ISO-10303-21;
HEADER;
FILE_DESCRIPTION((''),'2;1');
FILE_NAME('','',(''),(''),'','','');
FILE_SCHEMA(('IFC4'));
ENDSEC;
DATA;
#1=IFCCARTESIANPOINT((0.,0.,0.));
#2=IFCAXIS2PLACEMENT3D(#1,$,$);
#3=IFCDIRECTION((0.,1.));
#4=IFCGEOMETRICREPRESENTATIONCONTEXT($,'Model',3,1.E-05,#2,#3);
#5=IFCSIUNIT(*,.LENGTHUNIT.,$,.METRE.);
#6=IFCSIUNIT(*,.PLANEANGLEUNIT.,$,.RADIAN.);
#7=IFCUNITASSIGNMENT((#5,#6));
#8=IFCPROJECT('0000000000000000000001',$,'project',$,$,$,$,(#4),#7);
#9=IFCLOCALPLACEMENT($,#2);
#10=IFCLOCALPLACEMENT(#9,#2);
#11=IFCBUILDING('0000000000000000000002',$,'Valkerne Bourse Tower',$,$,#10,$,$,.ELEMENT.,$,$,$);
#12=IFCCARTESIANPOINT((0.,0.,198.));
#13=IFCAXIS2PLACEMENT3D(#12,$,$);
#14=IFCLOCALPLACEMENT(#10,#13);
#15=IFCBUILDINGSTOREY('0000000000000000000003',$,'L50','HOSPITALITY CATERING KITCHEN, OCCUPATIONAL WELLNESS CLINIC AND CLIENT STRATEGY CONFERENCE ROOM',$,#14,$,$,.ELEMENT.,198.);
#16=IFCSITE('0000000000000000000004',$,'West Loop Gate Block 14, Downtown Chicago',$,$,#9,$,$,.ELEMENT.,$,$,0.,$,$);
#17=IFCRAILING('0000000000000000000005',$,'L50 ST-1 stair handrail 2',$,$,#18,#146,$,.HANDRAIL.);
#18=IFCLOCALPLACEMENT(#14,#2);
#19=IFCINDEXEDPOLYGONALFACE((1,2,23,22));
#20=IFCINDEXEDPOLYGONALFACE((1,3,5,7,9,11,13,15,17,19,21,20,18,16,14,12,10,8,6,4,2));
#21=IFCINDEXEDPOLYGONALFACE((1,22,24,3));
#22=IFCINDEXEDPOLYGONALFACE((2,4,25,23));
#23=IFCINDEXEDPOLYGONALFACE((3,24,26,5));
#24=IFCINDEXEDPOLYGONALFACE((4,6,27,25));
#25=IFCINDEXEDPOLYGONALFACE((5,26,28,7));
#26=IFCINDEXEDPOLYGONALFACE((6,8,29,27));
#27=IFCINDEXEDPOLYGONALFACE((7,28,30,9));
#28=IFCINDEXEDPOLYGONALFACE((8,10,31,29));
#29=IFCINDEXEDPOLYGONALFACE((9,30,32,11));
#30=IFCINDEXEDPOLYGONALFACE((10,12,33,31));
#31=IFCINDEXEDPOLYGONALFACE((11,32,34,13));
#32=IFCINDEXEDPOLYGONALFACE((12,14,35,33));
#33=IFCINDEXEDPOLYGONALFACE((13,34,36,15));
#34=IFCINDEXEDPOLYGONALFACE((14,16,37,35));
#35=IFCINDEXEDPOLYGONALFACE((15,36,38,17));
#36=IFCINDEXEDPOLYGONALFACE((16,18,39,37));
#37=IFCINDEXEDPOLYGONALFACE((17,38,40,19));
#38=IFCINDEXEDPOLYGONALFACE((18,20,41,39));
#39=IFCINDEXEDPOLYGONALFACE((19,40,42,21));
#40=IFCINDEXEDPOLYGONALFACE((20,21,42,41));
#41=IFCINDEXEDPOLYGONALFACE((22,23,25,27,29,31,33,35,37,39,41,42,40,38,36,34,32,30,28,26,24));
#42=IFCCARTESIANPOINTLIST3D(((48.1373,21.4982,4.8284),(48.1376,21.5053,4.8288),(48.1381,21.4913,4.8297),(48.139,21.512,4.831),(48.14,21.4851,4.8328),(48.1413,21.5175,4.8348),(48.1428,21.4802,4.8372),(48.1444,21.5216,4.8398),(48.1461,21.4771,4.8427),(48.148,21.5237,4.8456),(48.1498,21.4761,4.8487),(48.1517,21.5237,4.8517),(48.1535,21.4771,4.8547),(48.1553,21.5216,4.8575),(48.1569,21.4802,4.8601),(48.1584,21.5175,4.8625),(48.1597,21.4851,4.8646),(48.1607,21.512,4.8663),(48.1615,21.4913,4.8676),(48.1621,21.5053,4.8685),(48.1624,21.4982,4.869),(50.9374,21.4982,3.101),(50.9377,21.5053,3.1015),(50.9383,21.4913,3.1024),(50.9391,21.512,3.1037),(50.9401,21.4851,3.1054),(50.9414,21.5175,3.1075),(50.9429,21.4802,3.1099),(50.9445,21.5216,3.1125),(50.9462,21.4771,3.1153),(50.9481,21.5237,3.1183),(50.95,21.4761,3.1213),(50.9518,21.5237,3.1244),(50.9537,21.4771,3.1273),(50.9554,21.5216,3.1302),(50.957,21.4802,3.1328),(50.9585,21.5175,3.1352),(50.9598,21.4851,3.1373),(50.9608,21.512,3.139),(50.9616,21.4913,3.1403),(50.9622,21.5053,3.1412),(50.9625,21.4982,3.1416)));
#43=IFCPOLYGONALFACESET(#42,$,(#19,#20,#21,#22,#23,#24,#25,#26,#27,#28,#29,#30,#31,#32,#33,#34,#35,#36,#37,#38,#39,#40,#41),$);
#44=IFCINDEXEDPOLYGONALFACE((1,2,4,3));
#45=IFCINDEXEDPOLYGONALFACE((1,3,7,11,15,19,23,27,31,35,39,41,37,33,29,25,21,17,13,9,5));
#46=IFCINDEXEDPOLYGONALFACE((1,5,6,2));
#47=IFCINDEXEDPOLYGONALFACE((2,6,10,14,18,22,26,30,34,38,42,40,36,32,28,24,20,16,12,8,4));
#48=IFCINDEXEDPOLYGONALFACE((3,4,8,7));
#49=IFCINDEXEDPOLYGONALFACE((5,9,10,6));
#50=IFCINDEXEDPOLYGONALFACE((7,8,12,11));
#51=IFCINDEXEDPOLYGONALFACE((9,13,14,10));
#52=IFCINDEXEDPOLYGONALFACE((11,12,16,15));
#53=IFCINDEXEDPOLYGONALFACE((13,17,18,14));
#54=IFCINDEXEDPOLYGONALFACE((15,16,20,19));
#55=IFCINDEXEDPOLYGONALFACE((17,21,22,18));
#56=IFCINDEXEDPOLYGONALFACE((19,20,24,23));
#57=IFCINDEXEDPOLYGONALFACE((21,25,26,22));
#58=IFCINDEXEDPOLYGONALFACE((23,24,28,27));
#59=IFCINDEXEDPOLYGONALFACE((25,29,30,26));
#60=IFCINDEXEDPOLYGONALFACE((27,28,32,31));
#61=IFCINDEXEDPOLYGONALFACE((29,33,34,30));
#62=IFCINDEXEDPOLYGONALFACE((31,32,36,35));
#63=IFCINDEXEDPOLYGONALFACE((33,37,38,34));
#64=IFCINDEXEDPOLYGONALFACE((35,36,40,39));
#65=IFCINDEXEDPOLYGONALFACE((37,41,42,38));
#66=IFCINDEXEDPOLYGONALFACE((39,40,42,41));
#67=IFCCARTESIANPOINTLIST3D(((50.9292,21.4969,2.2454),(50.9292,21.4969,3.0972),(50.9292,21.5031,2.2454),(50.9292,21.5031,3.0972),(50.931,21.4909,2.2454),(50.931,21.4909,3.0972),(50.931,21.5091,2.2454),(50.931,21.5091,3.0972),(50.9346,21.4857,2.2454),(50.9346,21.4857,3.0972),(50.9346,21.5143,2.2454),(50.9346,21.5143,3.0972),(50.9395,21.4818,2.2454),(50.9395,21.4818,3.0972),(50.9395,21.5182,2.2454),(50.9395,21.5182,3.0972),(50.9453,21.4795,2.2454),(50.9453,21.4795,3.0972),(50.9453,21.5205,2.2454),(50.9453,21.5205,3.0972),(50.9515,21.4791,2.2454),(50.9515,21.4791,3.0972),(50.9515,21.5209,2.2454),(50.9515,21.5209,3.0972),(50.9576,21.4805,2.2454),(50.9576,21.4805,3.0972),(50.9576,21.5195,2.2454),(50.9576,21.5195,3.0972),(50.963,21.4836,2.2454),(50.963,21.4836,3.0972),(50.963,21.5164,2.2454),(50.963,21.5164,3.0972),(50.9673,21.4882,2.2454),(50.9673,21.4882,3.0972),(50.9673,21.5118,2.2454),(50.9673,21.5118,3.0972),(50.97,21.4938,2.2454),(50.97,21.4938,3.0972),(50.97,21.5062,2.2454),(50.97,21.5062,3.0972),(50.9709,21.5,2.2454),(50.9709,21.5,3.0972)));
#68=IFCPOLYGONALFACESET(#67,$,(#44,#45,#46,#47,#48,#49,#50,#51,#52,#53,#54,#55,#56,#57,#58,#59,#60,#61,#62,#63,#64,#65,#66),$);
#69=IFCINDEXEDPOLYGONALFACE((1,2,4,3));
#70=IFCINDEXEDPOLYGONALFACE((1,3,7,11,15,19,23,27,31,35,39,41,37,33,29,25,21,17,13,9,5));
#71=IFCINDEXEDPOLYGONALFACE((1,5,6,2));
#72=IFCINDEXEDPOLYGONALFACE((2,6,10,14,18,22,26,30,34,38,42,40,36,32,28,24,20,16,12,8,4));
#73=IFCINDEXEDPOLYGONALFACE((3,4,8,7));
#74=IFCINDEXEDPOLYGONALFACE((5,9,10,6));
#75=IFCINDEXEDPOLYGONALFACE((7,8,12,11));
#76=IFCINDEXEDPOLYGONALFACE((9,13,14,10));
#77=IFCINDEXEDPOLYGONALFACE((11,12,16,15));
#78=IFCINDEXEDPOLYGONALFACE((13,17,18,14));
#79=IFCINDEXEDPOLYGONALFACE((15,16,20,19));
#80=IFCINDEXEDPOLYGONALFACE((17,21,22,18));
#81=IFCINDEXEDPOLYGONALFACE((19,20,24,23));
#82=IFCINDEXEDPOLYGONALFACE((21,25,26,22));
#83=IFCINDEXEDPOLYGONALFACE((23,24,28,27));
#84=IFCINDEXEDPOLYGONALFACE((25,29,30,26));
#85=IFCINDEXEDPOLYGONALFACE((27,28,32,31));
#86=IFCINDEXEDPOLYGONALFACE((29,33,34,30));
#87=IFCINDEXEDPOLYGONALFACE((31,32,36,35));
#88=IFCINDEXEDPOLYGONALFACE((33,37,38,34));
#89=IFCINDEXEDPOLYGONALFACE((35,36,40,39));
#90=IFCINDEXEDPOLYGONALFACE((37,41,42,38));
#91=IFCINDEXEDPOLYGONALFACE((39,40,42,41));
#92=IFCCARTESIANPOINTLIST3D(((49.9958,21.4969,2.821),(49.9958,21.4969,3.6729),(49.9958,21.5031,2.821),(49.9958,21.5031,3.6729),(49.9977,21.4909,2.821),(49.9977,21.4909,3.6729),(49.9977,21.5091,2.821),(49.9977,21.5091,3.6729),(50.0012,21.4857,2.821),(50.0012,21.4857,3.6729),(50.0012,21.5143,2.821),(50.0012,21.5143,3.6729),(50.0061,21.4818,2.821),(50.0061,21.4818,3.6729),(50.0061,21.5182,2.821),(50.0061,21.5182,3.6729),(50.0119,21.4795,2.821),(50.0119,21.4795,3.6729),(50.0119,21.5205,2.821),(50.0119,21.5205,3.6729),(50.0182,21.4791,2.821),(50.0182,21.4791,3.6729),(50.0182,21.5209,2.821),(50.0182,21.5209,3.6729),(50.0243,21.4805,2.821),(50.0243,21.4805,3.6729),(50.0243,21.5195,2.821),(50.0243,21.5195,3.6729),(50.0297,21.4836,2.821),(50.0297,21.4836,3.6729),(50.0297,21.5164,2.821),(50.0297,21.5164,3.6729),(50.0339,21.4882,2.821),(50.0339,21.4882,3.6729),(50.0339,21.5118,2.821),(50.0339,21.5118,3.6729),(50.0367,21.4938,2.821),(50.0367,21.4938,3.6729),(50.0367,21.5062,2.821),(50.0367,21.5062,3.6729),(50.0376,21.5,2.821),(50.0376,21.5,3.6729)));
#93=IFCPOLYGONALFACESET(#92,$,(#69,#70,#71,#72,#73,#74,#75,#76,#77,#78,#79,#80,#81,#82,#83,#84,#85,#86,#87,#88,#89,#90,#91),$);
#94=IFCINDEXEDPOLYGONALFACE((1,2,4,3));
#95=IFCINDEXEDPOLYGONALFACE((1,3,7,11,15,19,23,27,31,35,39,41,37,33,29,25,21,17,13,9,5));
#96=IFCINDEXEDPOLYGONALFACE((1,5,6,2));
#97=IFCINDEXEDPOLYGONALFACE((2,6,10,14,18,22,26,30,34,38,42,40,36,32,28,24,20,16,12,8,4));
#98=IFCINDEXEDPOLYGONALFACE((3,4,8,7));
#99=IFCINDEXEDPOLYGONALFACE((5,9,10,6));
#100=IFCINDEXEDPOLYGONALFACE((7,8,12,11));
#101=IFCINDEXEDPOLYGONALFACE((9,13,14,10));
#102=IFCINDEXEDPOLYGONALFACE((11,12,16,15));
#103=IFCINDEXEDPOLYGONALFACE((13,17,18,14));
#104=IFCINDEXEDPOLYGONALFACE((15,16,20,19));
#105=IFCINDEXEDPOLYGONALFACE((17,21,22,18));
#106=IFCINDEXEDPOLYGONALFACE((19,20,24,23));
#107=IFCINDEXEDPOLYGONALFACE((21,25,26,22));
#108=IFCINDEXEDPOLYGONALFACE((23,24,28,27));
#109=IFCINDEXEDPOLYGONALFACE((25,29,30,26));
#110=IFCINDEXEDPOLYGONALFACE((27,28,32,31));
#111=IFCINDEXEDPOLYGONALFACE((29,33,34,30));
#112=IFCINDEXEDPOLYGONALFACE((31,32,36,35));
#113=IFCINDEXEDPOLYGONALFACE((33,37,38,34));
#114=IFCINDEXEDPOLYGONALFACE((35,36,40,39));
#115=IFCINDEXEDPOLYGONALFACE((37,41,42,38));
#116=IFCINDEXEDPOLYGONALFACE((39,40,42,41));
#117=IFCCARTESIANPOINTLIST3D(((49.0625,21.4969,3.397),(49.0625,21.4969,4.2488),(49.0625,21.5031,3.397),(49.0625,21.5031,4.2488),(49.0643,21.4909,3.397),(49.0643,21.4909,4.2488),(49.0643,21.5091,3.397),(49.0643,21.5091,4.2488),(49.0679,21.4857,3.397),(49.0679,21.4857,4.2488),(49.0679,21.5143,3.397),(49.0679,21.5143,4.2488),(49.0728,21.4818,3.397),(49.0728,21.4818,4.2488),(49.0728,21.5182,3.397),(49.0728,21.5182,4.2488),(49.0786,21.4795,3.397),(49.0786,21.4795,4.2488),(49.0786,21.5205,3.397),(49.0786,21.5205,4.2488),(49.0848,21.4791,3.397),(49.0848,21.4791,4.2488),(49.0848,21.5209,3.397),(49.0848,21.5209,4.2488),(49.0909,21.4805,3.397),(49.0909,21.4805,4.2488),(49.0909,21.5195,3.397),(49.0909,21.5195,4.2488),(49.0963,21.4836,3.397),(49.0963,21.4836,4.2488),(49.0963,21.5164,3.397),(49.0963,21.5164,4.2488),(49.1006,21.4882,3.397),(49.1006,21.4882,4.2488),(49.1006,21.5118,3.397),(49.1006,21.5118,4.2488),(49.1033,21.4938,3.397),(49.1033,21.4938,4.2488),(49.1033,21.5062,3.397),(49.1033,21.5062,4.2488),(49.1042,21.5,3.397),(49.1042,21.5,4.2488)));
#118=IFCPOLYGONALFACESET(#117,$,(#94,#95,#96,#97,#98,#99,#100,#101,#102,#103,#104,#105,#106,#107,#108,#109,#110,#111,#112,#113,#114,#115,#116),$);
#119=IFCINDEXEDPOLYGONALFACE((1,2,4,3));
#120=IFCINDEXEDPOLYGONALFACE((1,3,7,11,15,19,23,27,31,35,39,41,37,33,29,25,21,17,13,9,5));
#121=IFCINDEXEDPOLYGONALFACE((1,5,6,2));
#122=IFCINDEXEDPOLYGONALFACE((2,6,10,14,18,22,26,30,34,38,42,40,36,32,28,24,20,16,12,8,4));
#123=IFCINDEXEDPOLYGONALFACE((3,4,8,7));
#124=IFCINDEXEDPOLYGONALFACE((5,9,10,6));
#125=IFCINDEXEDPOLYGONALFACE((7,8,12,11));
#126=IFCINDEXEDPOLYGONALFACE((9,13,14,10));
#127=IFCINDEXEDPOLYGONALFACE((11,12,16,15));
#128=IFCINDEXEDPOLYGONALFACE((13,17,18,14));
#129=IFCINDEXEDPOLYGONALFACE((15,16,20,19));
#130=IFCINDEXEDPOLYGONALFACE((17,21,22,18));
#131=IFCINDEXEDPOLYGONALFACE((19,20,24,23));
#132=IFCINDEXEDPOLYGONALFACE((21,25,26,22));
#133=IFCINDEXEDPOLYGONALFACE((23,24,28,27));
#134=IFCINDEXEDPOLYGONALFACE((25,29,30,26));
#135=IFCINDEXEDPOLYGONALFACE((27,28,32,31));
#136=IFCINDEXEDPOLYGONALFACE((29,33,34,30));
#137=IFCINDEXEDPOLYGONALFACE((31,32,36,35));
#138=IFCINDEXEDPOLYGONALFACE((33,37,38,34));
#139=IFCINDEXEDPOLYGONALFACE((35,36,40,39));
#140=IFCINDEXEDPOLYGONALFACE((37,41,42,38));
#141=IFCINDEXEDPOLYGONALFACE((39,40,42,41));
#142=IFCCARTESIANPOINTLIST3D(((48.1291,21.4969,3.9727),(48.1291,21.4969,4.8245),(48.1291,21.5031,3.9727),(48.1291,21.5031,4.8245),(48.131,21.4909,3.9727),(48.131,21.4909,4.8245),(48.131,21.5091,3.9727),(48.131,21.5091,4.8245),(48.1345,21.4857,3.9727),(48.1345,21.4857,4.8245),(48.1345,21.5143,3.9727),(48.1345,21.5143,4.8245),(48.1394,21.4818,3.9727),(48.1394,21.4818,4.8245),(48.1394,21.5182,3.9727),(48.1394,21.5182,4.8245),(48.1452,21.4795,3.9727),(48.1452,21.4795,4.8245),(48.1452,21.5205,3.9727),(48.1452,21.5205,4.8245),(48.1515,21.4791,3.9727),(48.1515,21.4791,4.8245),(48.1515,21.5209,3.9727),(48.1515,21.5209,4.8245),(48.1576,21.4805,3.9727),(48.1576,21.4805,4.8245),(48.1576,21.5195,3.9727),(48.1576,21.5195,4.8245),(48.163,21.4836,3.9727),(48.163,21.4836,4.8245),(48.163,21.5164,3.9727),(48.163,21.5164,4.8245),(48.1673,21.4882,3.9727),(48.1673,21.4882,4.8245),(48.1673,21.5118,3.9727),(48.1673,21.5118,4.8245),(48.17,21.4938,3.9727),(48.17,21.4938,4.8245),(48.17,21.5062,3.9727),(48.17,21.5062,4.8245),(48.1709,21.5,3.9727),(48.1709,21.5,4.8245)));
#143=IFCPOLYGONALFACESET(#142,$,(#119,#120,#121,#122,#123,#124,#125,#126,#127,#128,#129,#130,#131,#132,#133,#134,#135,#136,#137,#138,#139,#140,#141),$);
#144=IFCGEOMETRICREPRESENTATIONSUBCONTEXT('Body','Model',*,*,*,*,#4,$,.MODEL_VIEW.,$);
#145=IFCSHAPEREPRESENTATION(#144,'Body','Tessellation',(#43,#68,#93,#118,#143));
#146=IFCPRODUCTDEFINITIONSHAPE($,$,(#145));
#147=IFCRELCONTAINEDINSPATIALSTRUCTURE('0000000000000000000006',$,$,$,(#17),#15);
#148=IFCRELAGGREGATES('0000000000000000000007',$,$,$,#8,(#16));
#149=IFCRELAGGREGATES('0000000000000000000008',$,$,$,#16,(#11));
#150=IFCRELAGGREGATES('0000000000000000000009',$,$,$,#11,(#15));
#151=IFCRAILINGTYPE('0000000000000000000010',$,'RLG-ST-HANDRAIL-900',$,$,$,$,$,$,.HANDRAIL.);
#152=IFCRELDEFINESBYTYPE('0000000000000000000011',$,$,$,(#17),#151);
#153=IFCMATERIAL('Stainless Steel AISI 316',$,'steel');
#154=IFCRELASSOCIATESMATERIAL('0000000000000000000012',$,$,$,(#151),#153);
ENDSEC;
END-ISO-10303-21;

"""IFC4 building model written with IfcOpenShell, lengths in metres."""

from ifc_helpers import new_model, si_unit, direction, frame, origin, origin_2d, place, context, subcontext, project, spatial, circle, extrude, material, type_object, element, save


model = new_model("IFC4")

# Units and contexts
model_context = context("Model", 3, precision=1e-05, world=origin(), true_north=direction((0.0, 1.0)))
body_context = subcontext(model_context, "Body", "Model", "MODEL_VIEW")
ifc_project = project(units=[si_unit("LENGTHUNIT", "METRE"), si_unit("PLANEANGLEUNIT", "RADIAN")], contexts=[model_context])

# Site, building, storey
site_placement = place(None, origin())
site = spatial("IfcSite", under=ifc_project, at=site_placement, Name="West Loop Gate Block 14, Downtown Chicago", CompositionType="ELEMENT", RefElevation=0.0)
building_placement = place(site_placement, origin())
building = spatial("IfcBuilding", under=site, at=building_placement, Name="Valkerne Bourse Tower", CompositionType="ELEMENT")
storey_placement = place(building_placement, frame((0.0, 0.0, 198.0)))
storey = spatial("IfcBuildingStorey", under=building, at=storey_placement, Name="L50", Description="HOSPITALITY CATERING KITCHEN, OCCUPATIONAL WELLNESS CLINIC AND CLIENT STRATEGY CONFERENCE ROOM", CompositionType="ELEMENT", Elevation=198.0)

# Shared definitions
ifc_material_1 = material(Name="Stainless Steel AISI 316", Category="steel")

# Railing
railing_type_1 = type_object("IfcRailingType", Name="RLG-ST-HANDRAIL-900", PredefinedType="HANDRAIL", material=ifc_material_1)
railing_1_placement = place(storey_placement, frame((50.95, 21.5, 2.2454)))
element("IfcRailing", 1, at=railing_1_placement, inside=storey, type_object=railing_type_1, Name="L50 ST-1 stair handrail 2", PredefinedType="HANDRAIL", context=body_context, shape_type="SweptSolid", body=[
    extrude(circle(Radius=0.0239, at=origin_2d()), frame((0.0, 0.0, 0.876), z_axis=(-0.85109, 0.0, 0.52502), x_axis=(0.0, -1.0, 0.0)), (0.0, 0.0, 1.0), 3.29),
    extrude(circle(Radius=0.021, at=origin_2d()), origin(), (0.0, 0.0, 1.0), 0.8518),
    extrude(circle(Radius=0.021, at=origin_2d()), frame((-0.9333, 0.0, 0.5757)), (0.0, 0.0, 1.0), 0.8518),
    extrude(circle(Radius=0.021, at=origin_2d()), frame((-1.8667, 0.0, 1.1516)), (0.0, 0.0, 1.0), 0.8518),
    extrude(circle(Radius=0.021, at=origin_2d()), frame((-2.8, 0.0, 1.7273)), (0.0, 0.0, 1.0), 0.8518),
])

save(model, "model.ifc")
